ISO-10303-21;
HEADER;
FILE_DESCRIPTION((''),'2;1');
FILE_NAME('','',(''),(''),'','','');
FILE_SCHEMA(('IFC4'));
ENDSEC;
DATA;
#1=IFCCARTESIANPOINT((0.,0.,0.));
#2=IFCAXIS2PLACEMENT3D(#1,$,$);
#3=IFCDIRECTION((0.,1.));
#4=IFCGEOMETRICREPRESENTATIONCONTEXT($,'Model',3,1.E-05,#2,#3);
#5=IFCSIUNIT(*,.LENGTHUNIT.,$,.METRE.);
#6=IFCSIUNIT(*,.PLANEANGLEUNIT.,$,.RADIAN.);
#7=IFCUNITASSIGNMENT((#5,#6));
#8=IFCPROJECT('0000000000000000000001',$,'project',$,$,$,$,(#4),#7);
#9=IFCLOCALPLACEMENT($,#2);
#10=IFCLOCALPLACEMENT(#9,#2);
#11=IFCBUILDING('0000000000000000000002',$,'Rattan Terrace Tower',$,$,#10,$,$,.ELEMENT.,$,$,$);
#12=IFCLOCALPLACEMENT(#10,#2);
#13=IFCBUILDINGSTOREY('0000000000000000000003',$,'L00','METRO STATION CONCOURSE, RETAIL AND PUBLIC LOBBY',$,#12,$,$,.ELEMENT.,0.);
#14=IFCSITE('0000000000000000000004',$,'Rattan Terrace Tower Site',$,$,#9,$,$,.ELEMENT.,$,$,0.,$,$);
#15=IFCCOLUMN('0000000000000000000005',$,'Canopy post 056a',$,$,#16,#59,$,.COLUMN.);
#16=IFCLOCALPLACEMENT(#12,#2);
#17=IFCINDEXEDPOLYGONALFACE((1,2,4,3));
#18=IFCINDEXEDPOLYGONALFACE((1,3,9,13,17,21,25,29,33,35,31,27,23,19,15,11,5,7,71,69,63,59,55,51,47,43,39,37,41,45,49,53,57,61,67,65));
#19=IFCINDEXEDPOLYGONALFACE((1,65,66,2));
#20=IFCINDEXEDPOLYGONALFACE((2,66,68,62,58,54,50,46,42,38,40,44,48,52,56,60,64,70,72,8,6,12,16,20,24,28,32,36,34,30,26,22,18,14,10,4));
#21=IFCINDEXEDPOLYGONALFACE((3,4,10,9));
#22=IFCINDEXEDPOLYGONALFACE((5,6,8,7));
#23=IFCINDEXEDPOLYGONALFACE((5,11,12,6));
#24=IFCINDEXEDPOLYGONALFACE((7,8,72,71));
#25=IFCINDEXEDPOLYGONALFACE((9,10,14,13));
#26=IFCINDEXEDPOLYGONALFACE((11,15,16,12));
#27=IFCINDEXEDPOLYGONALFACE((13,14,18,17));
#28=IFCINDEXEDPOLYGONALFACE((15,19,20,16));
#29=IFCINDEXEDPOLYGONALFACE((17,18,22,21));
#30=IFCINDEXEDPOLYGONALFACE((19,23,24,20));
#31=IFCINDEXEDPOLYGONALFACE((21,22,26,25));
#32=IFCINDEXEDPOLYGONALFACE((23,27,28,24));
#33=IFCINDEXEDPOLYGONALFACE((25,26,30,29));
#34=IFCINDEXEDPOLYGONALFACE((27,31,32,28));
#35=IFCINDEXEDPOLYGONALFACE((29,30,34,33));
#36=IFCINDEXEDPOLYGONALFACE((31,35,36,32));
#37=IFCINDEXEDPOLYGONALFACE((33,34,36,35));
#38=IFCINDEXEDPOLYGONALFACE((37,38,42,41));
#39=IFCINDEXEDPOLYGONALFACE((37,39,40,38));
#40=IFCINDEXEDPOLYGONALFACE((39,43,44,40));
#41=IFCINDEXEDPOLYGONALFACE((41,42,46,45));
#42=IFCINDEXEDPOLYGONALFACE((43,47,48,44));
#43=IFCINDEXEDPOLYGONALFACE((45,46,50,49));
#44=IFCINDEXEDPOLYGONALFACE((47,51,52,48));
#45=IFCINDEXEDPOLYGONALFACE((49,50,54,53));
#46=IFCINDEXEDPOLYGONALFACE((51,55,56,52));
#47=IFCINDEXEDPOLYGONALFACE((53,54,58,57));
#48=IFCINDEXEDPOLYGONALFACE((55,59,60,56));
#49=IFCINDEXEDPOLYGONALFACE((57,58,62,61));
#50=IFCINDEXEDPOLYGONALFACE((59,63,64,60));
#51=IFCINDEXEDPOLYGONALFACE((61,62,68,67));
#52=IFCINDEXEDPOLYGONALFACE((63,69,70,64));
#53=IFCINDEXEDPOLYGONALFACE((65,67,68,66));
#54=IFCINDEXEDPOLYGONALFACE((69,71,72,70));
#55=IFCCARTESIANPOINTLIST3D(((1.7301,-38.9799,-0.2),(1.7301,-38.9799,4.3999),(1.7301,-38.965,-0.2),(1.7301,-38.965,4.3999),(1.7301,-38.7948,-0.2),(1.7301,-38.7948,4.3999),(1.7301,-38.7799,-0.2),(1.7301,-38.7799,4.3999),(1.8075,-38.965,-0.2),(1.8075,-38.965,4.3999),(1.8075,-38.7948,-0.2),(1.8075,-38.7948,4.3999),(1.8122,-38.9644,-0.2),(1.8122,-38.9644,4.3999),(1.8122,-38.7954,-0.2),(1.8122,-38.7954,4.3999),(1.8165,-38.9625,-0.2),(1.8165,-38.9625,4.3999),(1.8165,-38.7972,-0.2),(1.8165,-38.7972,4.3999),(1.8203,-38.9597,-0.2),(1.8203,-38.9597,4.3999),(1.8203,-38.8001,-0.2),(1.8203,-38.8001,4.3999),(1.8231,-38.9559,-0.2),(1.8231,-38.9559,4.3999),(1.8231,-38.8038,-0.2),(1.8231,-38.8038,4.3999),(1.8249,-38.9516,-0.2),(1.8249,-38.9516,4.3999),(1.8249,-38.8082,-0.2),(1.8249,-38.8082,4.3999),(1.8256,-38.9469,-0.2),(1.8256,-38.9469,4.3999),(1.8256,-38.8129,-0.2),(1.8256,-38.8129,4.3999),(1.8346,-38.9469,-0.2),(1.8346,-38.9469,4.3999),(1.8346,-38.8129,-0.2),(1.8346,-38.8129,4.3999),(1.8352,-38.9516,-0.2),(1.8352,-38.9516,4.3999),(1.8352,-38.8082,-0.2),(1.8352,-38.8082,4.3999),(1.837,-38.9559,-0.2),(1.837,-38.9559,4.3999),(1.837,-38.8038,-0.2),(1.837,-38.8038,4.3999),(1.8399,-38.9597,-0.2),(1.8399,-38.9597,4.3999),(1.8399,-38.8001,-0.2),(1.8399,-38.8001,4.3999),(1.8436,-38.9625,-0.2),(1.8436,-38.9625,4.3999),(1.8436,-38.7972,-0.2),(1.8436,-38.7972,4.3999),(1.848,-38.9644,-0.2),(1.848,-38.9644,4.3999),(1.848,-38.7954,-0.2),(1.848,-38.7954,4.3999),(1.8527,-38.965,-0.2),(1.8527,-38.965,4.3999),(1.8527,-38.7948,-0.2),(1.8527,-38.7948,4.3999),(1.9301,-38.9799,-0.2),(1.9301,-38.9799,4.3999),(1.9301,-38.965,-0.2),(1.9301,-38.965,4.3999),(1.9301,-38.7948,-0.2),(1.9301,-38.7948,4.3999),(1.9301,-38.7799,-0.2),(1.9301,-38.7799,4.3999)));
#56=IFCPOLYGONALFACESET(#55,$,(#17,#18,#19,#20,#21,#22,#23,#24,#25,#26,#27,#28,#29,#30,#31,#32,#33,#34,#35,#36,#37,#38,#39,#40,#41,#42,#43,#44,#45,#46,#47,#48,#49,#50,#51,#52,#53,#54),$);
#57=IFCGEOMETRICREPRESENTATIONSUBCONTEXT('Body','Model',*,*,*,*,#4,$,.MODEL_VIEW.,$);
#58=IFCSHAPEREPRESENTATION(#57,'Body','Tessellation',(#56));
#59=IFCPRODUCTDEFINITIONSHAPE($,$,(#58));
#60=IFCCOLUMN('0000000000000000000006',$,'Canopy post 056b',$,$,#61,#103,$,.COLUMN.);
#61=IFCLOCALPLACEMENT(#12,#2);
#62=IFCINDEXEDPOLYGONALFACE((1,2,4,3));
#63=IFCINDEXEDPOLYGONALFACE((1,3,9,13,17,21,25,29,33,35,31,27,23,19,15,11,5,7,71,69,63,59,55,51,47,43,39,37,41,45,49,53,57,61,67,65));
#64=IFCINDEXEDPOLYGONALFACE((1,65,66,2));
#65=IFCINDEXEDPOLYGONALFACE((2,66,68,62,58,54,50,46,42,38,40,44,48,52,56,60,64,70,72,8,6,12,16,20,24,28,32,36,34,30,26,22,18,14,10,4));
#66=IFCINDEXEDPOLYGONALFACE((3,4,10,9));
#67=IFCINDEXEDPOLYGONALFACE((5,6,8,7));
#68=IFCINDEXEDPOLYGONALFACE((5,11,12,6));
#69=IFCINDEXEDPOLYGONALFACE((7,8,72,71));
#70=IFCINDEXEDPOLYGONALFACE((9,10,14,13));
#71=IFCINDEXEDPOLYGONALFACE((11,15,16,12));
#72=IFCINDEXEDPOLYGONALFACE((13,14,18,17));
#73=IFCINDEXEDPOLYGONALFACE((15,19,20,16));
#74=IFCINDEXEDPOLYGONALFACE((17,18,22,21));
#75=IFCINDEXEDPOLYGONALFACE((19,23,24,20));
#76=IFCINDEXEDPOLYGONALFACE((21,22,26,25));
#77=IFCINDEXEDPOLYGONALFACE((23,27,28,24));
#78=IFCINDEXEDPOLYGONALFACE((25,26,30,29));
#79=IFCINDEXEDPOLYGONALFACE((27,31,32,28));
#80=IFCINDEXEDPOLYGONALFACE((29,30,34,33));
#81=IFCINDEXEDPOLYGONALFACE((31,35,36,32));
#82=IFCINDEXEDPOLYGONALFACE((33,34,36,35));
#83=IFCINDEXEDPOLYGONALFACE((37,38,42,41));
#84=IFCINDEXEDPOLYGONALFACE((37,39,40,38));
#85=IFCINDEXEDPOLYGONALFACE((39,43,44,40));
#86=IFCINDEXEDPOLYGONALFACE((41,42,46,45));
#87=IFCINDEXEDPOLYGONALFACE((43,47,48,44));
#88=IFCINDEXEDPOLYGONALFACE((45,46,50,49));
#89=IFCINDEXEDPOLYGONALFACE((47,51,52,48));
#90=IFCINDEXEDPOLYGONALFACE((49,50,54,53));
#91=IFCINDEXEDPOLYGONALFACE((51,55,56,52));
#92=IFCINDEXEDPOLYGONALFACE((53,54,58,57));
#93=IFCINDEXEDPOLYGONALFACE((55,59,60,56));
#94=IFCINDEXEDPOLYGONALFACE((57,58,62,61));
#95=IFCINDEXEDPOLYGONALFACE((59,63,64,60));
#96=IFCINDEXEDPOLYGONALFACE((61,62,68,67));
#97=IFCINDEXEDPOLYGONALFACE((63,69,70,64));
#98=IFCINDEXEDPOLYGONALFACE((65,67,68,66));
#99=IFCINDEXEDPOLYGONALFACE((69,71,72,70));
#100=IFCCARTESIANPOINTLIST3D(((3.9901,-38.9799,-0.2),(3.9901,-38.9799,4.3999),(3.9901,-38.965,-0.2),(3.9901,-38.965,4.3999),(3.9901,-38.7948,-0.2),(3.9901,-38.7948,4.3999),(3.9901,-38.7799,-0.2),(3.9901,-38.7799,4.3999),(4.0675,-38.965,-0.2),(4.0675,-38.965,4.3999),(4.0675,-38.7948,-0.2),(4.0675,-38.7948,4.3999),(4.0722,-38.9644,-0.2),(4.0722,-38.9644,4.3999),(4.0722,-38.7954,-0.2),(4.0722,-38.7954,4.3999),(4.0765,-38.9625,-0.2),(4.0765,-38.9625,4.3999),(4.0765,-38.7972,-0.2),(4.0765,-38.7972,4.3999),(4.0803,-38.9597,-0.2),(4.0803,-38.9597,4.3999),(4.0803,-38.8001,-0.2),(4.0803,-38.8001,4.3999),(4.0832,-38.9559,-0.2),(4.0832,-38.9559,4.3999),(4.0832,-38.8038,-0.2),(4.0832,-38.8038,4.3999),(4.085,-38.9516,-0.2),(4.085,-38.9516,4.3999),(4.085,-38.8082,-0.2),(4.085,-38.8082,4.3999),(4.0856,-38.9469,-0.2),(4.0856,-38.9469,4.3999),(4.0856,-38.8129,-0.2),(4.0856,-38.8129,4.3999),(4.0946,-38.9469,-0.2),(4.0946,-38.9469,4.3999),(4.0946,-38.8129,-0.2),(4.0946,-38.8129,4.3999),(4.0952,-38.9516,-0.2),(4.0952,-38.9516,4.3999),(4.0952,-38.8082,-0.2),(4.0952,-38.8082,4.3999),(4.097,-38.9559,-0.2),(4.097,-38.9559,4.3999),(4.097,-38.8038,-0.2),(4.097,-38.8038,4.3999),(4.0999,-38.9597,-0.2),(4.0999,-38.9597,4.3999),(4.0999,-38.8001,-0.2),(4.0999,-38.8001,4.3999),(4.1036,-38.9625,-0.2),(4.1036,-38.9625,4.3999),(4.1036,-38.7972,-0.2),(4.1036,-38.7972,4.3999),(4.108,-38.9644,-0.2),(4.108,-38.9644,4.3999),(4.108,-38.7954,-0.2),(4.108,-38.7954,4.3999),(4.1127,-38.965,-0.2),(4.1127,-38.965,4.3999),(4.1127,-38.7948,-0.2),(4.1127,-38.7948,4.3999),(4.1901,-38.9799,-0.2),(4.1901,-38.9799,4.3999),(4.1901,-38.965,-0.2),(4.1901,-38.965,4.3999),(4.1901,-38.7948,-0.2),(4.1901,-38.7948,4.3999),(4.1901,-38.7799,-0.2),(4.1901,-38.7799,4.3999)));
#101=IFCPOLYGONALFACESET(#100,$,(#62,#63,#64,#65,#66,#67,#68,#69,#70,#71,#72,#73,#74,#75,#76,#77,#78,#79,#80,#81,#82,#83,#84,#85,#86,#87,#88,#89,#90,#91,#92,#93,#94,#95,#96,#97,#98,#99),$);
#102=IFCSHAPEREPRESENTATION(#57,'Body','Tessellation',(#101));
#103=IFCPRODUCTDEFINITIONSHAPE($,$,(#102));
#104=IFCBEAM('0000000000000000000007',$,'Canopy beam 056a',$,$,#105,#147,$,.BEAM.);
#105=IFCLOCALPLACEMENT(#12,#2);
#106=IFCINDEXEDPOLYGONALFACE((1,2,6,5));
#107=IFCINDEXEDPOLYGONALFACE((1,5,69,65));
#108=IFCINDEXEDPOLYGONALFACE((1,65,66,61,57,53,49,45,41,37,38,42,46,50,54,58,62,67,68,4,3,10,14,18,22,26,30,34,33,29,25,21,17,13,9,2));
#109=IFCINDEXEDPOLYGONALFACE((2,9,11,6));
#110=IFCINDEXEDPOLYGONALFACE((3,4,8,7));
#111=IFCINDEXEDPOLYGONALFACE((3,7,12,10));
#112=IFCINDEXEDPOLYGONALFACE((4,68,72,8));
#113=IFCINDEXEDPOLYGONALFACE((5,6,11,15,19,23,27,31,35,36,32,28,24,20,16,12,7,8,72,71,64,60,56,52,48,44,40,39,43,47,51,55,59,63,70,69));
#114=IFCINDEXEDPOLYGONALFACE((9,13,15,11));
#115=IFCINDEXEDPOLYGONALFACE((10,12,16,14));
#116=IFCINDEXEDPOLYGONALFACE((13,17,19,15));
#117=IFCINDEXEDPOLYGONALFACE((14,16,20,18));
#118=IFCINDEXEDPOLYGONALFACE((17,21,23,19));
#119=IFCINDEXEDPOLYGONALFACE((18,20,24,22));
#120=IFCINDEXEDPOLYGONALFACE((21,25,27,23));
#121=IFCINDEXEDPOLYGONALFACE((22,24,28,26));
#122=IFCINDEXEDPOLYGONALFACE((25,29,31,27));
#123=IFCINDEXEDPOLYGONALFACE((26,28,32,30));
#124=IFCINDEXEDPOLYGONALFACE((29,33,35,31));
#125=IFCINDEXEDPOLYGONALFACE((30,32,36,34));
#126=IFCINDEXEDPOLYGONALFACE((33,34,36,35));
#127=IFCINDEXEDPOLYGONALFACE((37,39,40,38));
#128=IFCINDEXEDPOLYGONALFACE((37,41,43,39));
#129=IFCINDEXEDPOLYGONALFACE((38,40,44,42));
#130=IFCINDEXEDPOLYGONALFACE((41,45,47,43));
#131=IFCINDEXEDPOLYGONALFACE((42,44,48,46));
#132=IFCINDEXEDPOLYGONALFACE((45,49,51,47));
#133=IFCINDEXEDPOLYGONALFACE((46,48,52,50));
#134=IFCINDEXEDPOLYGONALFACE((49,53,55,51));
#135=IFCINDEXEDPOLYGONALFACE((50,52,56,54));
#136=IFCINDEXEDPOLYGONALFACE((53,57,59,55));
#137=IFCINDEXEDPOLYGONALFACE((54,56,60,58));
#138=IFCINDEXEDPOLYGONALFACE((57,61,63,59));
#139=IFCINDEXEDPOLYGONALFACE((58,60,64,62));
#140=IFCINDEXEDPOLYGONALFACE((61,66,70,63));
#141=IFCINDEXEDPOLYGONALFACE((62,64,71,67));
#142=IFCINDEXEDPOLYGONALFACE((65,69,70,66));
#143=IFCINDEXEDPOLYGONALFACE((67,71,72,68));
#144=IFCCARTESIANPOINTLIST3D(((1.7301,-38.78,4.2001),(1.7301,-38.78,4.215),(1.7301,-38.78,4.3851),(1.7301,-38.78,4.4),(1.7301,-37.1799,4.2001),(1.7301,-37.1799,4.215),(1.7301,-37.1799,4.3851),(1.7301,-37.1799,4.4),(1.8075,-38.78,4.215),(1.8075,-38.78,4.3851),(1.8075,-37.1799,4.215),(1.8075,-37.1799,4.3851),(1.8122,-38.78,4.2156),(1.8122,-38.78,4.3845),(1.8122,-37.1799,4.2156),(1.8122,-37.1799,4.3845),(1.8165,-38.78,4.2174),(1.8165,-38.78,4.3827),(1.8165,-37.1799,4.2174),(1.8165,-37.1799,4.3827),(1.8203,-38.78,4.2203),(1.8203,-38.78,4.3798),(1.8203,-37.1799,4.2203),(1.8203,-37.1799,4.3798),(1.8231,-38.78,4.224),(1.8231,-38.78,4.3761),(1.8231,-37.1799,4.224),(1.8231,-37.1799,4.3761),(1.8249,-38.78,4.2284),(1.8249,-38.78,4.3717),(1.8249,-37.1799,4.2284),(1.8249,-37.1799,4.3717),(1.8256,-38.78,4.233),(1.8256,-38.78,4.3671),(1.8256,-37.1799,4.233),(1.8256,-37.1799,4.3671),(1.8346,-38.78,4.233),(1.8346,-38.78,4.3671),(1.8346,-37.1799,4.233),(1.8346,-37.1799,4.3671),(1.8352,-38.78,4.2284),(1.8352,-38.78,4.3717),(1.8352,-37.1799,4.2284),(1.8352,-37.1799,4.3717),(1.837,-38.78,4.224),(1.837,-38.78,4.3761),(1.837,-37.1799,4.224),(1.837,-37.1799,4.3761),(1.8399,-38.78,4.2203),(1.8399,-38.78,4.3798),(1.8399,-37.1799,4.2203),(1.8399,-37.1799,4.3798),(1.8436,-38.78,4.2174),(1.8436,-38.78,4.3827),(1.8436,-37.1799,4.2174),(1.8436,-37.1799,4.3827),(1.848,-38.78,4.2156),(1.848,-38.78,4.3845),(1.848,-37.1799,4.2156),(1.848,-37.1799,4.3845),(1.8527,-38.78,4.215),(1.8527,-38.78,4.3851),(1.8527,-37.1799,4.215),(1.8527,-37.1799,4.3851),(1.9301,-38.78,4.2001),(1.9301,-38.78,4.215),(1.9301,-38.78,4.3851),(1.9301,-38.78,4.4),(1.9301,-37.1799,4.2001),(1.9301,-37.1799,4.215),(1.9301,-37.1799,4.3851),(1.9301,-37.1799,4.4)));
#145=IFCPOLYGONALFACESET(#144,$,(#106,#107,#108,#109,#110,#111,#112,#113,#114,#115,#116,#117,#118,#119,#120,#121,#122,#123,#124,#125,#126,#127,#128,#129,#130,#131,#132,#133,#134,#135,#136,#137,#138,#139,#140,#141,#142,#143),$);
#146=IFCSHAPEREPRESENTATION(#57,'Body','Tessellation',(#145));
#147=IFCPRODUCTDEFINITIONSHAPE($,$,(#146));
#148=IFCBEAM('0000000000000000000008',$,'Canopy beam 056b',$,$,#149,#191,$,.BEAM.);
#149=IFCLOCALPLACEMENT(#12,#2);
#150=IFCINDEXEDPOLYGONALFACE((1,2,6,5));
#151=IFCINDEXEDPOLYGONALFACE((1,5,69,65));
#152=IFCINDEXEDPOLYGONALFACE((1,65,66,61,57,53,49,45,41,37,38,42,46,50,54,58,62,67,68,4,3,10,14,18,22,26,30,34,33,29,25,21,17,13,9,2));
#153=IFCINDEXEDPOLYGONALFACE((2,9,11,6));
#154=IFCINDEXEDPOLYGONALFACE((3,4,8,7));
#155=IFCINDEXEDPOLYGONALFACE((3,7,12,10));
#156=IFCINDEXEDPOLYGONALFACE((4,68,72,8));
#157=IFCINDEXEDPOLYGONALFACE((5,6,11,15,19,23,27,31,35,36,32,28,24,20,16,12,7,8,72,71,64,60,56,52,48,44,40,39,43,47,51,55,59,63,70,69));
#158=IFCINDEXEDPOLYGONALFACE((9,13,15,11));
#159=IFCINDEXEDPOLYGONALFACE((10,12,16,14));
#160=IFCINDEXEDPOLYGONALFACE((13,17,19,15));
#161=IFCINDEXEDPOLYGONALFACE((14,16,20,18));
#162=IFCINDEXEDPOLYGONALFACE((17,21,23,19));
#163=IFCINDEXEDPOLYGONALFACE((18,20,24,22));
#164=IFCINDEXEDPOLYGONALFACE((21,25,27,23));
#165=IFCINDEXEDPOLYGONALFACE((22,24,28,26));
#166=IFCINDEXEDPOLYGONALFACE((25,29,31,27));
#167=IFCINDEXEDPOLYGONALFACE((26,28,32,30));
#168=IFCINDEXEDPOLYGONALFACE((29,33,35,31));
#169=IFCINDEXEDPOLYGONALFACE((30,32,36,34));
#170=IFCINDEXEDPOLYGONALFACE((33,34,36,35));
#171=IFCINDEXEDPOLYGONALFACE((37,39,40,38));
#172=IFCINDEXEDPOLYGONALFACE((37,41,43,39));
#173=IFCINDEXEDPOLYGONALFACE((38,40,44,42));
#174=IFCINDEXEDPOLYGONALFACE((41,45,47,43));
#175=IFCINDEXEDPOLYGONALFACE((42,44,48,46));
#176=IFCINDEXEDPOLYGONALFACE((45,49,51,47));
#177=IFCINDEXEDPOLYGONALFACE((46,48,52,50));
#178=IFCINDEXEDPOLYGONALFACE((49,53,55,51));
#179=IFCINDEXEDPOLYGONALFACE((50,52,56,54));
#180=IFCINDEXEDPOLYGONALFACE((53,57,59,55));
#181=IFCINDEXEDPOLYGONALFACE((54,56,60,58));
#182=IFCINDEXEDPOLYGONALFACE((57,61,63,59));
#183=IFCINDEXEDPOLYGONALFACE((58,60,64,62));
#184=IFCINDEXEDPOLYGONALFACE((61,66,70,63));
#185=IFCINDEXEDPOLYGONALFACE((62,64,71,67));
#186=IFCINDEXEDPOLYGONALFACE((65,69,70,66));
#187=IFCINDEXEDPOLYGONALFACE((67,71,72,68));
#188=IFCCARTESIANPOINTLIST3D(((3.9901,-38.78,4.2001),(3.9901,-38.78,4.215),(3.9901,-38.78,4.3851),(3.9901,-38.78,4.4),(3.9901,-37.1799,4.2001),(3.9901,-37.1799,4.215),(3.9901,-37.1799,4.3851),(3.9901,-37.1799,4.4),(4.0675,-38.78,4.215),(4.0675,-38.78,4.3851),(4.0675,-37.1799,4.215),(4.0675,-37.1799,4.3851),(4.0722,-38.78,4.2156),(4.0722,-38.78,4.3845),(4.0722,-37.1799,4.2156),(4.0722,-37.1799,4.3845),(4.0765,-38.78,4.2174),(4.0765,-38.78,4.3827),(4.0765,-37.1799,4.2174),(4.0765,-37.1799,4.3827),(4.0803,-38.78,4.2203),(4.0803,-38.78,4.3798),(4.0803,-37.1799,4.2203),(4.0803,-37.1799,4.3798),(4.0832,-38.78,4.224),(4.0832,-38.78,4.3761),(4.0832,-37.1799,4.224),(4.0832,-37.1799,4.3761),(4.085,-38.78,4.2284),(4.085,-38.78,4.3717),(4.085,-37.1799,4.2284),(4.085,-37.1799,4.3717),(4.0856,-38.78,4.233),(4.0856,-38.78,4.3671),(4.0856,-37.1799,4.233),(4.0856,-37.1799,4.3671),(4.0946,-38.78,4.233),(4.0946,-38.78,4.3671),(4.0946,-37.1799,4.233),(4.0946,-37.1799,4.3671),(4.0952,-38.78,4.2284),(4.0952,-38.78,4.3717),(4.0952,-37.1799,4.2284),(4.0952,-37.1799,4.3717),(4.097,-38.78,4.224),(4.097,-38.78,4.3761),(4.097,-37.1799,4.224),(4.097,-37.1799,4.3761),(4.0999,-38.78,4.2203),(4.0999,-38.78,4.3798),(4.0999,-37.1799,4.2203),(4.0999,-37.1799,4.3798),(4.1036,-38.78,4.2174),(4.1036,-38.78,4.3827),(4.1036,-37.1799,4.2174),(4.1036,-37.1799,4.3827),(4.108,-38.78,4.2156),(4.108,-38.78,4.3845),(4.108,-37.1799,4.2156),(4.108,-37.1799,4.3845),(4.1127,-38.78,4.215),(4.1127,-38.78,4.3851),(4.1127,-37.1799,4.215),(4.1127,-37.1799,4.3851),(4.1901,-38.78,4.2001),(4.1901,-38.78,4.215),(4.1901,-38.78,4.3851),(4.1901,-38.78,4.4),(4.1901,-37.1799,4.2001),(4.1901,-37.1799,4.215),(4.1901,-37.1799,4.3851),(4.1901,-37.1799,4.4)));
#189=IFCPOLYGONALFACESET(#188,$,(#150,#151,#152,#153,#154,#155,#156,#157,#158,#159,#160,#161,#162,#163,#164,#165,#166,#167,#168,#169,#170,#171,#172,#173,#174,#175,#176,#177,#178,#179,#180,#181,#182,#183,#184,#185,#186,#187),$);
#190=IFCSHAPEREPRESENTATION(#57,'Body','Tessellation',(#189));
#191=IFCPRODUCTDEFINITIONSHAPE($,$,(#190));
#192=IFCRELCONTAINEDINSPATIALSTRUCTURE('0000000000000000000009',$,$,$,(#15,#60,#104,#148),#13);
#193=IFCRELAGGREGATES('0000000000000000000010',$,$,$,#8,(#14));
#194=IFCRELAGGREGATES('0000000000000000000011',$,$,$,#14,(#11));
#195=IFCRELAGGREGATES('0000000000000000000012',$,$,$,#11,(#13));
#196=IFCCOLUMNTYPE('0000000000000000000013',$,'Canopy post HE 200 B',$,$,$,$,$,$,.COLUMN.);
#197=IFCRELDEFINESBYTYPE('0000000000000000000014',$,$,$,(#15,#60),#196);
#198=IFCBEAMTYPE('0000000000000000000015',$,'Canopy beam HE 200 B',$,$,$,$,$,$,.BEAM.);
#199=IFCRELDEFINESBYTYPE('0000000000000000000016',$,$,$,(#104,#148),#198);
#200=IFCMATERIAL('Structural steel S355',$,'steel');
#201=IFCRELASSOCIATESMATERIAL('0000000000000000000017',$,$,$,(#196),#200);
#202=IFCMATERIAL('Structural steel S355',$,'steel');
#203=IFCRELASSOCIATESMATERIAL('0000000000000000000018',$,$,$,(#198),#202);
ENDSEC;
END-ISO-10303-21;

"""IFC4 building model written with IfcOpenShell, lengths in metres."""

from ifc_helpers import new_model, si_unit, direction, frame, origin, origin_2d, place, context, subcontext, project, spatial, i_section, extrude, material, material_profile, profile_set, type_object, element, save


model = new_model("IFC4")

# Units and contexts
model_context = context("Model", 3, precision=1e-05, world=origin(), true_north=direction((0.0, 1.0)))
body_context = subcontext(model_context, "Body", "Model", "MODEL_VIEW")
ifc_project = project(units=[si_unit("LENGTHUNIT", "METRE"), si_unit("PLANEANGLEUNIT", "RADIAN")], contexts=[model_context])

# Site, building, storey
site_placement = place(None, origin())
site = spatial("IfcSite", under=ifc_project, at=site_placement, Name="Rattan Terrace Tower Site", CompositionType="ELEMENT", RefElevation=0.0)
building_placement = place(site_placement, origin())
building = spatial("IfcBuilding", under=site, at=building_placement, Name="Rattan Terrace Tower", CompositionType="ELEMENT")
storey_placement = place(building_placement, origin())
storey = spatial("IfcBuildingStorey", under=building, at=storey_placement, Name="L00", Description="METRO STATION CONCOURSE, RETAIL AND PUBLIC LOBBY", CompositionType="ELEMENT", Elevation=0.0)

# Columns
ifc_material_1 = material(Name="Structural steel S355", Category="steel")
ifc_material_profile_1 = material_profile(ifc_material_1, i_section(OverallWidth=0.2, OverallDepth=0.2, WebThickness=0.009, FlangeThickness=0.0149, FilletRadius=0.0181, at=origin_2d()), Name="HE 200 B")
ifc_profile_set_1 = profile_set([ifc_material_profile_1], Name="Structural steel S355")
column_type = type_object("IfcColumnType", Name="Canopy post HE 200 B", PredefinedType="COLUMN", material=ifc_profile_set_1)
for number, where, z_axis, x_axis, name in (
    (1, (1.8301, -38.8799, -0.2), (0.0, 0.0, 1.0), (1.0, 0.0, 0.0), "Canopy post 056a"),
    (2, (4.0901, -38.8799, -0.2), (0.0, 0.0, 1.0), (1.0, 0.0, 0.0), "Canopy post 056b"),
):
    element("IfcColumn", number, at=place(storey_placement, frame(where, z_axis=z_axis, x_axis=x_axis)), inside=storey, type_object=column_type, Name=name, PredefinedType="COLUMN", context=body_context, shape_type="SweptSolid", body=[
        extrude(i_section(OverallWidth=0.2, OverallDepth=0.2, WebThickness=0.009, FlangeThickness=0.0149, FilletRadius=0.0181, at=origin_2d()), origin(), (0.0, 0.0, 1.0), 4.5999),
    ])

# Beams
ifc_material_2 = material(Name="Structural steel S355", Category="steel")
ifc_material_profile_2 = material_profile(ifc_material_2, i_section(OverallWidth=0.2, OverallDepth=0.2, WebThickness=0.009, FlangeThickness=0.0149, FilletRadius=0.0181, at=origin_2d()), Name="HE 200 B")
ifc_profile_set_2 = profile_set([ifc_material_profile_2], Name="Structural steel S355")
beam_type_1 = type_object("IfcBeamType", Name="Canopy beam HE 200 B", PredefinedType="BEAM", material=ifc_profile_set_2)
for number, where, z_axis, x_axis, name in (
    (3, (1.8301, -37.1799, 4.3), (0.0, -1.0, 0.0), (1.0, 0.0, 0.0), "Canopy beam 056a"),
    (4, (4.0901, -37.1799, 4.3), (0.0, -1.0, 0.0), (1.0, 0.0, 0.0), "Canopy beam 056b"),
):
    element("IfcBeam", number, at=place(storey_placement, frame(where, z_axis=z_axis, x_axis=x_axis)), inside=storey, type_object=beam_type_1, Name=name, PredefinedType="BEAM", context=body_context, shape_type="SweptSolid", body=[
        extrude(i_section(OverallWidth=0.2, OverallDepth=0.2, WebThickness=0.009, FlangeThickness=0.0149, FilletRadius=0.0181, at=origin_2d()), origin(), (0.0, 0.0, 1.0), 1.6001),
    ])

save(model, "model.ifc")
